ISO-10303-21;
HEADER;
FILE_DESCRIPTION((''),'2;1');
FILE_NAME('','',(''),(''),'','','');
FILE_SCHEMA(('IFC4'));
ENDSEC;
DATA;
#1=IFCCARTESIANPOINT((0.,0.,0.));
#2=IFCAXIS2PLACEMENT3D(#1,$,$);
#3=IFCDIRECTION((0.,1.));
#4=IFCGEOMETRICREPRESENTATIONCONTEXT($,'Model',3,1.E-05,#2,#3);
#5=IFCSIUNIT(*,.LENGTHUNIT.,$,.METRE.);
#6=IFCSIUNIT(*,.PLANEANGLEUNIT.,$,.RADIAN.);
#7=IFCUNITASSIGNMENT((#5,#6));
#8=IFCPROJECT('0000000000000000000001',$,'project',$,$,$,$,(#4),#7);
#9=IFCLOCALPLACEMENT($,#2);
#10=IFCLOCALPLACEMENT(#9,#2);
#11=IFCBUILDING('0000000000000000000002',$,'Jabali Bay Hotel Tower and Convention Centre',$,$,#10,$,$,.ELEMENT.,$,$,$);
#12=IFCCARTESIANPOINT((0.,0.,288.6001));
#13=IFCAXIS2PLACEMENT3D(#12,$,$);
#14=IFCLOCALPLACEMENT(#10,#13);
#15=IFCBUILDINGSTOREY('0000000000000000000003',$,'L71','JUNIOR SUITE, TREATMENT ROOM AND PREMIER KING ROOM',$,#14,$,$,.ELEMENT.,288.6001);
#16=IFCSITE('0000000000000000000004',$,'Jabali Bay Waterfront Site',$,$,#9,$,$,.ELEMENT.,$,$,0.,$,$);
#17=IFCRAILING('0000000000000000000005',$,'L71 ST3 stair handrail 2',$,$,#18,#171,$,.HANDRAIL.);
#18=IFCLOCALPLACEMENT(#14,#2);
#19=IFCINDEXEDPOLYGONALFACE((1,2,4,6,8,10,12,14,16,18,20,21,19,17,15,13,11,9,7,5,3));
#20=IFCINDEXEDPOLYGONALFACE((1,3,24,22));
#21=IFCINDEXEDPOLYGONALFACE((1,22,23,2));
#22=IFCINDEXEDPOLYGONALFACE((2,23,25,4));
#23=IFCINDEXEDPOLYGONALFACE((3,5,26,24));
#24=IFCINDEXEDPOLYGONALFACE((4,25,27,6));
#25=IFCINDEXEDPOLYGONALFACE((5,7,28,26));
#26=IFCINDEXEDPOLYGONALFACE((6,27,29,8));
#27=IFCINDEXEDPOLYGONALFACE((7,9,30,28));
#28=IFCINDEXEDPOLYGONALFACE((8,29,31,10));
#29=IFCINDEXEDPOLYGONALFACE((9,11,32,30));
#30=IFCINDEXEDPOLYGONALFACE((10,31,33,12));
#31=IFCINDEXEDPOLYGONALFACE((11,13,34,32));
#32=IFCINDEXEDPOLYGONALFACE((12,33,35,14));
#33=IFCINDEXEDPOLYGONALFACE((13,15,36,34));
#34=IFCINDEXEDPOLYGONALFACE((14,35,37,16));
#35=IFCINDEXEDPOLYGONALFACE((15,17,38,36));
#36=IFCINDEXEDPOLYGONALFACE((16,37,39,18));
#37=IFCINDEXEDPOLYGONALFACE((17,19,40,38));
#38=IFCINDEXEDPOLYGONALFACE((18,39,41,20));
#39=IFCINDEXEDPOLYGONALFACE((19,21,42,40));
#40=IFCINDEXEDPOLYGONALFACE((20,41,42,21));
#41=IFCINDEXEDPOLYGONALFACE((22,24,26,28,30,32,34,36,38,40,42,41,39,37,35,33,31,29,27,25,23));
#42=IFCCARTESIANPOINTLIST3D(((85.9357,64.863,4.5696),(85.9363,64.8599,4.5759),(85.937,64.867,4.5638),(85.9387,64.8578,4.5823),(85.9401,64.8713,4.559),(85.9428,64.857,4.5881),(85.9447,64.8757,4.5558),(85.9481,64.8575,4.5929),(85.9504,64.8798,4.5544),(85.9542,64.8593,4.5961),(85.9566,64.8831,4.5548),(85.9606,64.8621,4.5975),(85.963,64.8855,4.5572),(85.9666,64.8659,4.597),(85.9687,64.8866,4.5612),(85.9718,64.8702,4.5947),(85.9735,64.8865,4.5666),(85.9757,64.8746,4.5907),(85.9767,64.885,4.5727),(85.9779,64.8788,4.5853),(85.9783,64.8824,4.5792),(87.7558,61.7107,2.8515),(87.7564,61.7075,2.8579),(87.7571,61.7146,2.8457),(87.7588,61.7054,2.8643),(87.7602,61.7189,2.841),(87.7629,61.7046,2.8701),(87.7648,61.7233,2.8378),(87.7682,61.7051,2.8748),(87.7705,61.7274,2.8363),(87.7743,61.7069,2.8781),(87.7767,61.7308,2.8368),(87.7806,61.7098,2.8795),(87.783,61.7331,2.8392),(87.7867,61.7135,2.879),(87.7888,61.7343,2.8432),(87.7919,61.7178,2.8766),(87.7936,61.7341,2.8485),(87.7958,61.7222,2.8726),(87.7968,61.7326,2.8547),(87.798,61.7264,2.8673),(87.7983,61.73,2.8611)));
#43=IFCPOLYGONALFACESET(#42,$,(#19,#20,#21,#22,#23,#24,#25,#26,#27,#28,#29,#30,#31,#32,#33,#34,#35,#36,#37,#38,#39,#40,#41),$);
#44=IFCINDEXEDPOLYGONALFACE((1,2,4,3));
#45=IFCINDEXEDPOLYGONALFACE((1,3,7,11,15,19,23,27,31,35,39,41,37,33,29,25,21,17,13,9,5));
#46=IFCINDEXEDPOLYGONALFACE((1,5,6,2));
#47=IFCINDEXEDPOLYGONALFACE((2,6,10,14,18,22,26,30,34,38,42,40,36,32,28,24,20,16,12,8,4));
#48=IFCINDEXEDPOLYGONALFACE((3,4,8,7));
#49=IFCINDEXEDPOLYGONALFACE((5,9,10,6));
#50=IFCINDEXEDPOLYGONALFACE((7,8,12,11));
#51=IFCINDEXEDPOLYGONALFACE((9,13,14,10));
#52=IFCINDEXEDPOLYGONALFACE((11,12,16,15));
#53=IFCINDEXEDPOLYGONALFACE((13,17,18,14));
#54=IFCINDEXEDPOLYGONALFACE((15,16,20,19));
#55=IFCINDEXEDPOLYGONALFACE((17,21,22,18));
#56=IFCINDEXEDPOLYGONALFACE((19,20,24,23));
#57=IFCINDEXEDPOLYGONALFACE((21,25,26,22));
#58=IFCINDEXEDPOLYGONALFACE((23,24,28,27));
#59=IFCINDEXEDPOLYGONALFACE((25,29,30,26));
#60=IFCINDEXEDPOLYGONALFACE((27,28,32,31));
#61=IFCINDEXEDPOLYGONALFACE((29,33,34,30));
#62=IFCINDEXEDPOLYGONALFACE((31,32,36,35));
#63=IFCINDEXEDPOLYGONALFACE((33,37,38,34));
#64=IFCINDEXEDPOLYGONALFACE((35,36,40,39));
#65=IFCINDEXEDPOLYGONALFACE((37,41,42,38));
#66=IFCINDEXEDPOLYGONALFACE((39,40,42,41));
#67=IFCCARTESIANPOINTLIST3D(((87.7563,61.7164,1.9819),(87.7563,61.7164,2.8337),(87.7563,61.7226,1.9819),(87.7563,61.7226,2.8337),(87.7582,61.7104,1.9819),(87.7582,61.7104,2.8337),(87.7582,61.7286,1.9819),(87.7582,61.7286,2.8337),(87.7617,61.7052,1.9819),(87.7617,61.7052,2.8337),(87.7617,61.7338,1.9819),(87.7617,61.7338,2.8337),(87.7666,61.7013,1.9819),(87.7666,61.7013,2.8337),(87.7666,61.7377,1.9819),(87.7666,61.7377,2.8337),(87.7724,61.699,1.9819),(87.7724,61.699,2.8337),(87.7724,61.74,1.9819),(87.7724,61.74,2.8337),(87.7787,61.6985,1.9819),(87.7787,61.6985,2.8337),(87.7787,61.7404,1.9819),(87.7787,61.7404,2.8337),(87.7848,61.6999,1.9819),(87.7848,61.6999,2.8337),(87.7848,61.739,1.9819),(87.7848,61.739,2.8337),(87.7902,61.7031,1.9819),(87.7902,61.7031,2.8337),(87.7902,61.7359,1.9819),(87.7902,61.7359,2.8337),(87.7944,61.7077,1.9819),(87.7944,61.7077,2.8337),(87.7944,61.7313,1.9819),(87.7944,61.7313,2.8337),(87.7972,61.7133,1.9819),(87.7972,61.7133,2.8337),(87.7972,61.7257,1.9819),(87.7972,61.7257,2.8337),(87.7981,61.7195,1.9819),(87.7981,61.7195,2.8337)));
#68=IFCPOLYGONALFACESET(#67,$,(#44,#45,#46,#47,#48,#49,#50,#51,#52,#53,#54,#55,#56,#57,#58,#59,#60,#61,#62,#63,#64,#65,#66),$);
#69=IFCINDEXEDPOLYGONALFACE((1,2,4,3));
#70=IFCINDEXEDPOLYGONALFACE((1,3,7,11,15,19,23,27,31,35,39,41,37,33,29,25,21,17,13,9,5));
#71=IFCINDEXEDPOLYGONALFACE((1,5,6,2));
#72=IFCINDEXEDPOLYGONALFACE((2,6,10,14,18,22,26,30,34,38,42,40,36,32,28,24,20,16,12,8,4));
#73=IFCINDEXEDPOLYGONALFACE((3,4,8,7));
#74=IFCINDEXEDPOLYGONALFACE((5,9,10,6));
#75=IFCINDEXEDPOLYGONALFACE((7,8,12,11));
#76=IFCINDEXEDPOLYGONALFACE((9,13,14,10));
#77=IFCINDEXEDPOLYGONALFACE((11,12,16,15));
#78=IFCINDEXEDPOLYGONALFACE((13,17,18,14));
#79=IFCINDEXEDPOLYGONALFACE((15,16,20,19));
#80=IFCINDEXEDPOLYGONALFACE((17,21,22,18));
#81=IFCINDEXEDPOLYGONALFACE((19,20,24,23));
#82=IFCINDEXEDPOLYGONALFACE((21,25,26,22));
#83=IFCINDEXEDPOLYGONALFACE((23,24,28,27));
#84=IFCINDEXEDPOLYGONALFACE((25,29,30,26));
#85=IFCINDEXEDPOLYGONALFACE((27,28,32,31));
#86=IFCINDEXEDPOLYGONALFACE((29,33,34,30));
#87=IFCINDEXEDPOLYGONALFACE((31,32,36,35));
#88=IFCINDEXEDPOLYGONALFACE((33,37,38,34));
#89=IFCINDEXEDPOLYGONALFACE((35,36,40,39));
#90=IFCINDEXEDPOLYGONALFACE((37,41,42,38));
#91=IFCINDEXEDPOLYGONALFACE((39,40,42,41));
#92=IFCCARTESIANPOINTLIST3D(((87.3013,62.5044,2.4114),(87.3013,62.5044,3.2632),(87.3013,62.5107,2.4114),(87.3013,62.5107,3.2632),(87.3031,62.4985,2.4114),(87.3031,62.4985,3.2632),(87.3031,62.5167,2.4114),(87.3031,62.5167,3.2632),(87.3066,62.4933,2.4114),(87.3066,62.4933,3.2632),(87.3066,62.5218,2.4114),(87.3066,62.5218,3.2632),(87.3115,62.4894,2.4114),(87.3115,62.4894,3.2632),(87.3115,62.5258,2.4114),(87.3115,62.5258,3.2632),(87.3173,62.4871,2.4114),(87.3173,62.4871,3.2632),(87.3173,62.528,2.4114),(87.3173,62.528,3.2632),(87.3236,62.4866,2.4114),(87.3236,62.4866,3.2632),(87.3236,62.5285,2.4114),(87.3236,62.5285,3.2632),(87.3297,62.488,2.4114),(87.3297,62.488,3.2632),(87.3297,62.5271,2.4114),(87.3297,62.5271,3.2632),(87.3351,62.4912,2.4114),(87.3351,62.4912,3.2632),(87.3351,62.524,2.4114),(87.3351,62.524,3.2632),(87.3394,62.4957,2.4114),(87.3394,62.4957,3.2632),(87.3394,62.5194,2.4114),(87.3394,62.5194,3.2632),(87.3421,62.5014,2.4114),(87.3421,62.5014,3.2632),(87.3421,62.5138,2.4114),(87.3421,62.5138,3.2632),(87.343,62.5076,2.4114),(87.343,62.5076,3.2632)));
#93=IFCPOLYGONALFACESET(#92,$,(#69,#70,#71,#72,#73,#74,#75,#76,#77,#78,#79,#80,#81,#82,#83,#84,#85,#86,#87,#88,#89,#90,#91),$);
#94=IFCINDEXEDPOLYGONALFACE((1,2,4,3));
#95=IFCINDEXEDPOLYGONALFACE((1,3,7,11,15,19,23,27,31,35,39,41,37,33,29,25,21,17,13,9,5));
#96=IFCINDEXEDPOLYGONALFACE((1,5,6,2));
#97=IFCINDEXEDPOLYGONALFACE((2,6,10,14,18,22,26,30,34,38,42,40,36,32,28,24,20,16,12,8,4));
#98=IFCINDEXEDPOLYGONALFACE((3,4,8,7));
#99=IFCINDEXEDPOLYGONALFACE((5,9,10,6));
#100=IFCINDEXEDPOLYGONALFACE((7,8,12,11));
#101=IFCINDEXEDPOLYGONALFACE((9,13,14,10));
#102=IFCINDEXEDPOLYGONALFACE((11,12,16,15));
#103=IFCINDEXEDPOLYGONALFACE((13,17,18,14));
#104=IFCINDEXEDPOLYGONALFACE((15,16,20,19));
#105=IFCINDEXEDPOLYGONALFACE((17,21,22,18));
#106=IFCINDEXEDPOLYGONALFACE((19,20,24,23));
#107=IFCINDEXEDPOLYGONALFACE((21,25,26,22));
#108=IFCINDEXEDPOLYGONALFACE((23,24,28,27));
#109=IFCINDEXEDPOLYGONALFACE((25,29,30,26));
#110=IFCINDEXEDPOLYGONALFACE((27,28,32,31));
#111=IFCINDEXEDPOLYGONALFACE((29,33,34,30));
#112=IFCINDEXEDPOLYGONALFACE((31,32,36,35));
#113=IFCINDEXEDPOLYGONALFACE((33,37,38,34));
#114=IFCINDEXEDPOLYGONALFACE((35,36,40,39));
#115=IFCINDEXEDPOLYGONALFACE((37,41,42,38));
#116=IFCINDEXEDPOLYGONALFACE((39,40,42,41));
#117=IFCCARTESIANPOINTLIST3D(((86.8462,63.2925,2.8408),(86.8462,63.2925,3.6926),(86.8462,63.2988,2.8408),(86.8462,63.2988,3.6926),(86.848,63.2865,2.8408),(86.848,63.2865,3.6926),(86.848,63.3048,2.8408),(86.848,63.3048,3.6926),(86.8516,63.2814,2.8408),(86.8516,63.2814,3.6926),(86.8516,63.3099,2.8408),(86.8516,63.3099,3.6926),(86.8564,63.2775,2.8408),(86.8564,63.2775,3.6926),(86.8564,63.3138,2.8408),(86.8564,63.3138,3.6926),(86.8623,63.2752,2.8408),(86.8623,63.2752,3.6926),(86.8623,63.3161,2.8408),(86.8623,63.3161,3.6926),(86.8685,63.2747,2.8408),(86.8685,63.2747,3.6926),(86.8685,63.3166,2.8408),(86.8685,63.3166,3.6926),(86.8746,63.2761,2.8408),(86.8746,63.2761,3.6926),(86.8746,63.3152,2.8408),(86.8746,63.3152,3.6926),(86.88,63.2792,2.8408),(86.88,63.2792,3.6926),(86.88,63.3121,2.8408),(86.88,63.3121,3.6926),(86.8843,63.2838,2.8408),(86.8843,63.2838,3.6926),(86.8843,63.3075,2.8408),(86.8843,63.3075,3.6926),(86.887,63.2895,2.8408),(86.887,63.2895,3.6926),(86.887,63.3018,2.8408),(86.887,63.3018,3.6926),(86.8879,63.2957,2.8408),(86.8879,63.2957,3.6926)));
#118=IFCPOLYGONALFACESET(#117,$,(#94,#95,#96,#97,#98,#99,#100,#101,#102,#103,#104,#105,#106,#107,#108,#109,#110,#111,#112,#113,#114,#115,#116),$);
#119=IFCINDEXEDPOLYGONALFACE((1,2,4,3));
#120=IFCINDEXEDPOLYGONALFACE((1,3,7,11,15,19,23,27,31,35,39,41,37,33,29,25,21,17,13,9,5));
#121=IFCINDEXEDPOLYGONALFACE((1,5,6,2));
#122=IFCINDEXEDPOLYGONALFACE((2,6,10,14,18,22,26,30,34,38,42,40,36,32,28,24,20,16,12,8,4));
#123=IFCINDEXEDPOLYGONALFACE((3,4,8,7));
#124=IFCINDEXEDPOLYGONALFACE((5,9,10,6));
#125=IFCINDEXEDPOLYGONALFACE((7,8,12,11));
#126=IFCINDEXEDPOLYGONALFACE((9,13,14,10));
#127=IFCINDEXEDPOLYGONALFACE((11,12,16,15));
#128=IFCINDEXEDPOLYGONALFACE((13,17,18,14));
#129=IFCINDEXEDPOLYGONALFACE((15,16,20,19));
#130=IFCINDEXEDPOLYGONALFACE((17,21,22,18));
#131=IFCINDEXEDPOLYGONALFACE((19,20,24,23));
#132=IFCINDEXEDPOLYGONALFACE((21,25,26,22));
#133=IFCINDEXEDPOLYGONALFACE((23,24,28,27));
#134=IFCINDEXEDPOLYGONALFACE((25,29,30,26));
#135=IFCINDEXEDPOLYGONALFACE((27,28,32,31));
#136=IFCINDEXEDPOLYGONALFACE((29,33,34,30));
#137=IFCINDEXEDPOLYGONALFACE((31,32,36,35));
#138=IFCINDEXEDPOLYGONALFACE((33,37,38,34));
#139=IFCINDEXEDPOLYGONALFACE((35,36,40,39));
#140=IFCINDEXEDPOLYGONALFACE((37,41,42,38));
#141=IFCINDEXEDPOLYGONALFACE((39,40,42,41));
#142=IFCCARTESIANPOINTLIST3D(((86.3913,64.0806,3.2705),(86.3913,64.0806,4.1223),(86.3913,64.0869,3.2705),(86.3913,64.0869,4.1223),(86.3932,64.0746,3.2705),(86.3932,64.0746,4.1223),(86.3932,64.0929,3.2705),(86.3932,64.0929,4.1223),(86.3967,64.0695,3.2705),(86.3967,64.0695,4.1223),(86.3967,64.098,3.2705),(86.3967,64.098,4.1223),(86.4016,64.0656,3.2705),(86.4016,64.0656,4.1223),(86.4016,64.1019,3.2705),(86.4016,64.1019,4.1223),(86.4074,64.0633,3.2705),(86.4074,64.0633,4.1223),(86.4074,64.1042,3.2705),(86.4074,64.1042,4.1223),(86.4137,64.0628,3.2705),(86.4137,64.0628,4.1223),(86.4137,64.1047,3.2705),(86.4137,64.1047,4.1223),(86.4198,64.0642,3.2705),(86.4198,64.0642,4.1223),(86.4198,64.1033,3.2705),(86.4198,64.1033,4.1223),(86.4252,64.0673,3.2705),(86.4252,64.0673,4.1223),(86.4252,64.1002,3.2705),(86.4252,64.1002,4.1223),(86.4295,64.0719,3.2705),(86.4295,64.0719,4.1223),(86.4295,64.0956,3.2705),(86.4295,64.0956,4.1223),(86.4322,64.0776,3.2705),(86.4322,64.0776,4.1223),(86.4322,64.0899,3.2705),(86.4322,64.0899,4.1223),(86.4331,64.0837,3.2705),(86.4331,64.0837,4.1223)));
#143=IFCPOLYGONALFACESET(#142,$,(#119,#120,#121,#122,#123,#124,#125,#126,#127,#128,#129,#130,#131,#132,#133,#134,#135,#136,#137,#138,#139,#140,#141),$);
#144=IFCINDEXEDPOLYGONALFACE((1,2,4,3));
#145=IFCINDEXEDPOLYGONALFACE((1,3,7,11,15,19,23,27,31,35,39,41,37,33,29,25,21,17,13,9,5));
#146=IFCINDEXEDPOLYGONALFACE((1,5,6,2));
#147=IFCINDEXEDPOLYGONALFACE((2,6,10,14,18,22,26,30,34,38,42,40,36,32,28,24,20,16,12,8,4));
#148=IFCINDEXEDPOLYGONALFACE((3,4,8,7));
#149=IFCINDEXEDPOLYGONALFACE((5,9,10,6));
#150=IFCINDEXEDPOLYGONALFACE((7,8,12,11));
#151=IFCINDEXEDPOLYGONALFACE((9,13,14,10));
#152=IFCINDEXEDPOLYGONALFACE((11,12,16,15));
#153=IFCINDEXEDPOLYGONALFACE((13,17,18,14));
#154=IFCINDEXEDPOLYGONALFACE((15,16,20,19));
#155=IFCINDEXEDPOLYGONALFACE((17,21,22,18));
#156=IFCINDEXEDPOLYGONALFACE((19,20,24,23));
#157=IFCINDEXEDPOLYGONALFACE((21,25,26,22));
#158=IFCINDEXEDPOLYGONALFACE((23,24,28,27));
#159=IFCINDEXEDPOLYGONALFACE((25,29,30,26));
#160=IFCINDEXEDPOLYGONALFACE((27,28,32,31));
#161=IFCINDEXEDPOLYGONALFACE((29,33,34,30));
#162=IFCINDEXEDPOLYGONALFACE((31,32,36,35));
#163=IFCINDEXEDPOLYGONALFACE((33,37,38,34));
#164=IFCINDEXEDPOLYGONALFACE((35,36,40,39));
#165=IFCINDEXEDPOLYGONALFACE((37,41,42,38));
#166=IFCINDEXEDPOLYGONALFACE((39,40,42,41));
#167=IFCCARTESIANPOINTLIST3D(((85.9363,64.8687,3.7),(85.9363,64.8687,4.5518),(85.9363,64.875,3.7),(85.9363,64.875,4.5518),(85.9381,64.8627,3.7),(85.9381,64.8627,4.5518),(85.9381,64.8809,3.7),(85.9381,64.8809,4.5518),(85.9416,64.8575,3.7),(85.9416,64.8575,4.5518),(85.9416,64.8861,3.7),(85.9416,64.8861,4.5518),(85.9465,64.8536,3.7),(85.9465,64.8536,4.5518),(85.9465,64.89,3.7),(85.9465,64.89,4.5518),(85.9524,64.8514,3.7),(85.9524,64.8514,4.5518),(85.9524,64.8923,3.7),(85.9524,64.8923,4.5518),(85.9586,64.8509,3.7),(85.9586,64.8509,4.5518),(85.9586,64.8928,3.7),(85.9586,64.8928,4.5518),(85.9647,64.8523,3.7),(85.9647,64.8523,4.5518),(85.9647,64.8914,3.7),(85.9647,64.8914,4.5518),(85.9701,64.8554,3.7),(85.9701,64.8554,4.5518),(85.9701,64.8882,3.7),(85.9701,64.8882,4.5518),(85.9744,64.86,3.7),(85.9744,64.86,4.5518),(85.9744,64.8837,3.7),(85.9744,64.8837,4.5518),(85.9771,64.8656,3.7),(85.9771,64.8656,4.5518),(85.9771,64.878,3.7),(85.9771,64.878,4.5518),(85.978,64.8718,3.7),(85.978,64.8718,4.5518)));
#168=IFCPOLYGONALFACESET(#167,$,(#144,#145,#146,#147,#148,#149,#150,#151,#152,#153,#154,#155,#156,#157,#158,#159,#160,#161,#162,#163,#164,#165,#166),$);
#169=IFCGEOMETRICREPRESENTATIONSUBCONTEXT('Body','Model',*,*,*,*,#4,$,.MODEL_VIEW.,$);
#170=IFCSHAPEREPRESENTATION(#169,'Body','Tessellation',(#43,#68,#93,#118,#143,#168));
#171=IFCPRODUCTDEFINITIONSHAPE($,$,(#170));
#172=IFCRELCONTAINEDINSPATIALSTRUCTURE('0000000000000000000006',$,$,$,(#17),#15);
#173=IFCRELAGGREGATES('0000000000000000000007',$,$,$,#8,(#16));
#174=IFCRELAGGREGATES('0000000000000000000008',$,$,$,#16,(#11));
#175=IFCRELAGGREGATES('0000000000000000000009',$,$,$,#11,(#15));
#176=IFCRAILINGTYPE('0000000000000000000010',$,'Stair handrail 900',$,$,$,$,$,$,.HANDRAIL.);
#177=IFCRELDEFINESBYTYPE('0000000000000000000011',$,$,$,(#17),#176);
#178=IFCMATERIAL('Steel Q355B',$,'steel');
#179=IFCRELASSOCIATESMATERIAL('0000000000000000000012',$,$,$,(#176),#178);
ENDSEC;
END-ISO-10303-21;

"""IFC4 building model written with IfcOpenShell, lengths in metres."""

from ifc_helpers import new_model, si_unit, direction, frame, origin, origin_2d, place, context, subcontext, project, spatial, circle, extrude, material, type_object, element, save


model = new_model("IFC4")

# Units and contexts
model_context = context("Model", 3, precision=1e-05, world=origin(), true_north=direction((0.0, 1.0)))
body_context = subcontext(model_context, "Body", "Model", "MODEL_VIEW")
ifc_project = project(units=[si_unit("LENGTHUNIT", "METRE"), si_unit("PLANEANGLEUNIT", "RADIAN")], contexts=[model_context])

# Site, building, storey
site_placement = place(None, origin())
site = spatial("IfcSite", under=ifc_project, at=site_placement, Name="Jabali Bay Waterfront Site", CompositionType="ELEMENT", RefElevation=0.0)
building_placement = place(site_placement, origin())
building = spatial("IfcBuilding", under=site, at=building_placement, Name="Jabali Bay Hotel Tower and Convention Centre", CompositionType="ELEMENT")
storey_placement = place(building_placement, frame((0.0, 0.0, 288.6001)))
storey = spatial("IfcBuildingStorey", under=building, at=storey_placement, Name="L71", Description="JUNIOR SUITE, TREATMENT ROOM AND PREMIER KING ROOM", CompositionType="ELEMENT", Elevation=288.6001)

# Railing
ifc_material_1 = material(Name="Steel Q355B", Category="steel")
railing_type_1 = type_object("IfcRailingType", Name="Stair handrail 900", PredefinedType="HANDRAIL", material=ifc_material_1)
railing_1_placement = place(storey_placement, frame((87.7771, 61.7195, 1.9819)))
element("IfcRailing", 1, at=railing_1_placement, inside=storey, type_object=railing_type_1, Name="L71 ST3 stair handrail 2", PredefinedType="HANDRAIL", context=body_context, shape_type="SweptSolid", body=[
    extrude(circle(Radius=0.0239, at=origin_2d()), frame((0.0, 0.0, 0.876), z_axis=(-0.452179, 0.78317, 0.426825), x_axis=(-0.866018, -0.500013, 0.0)), (0.0, 0.0, 1.0), 4.0251),
    extrude(circle(Radius=0.021, at=origin_2d()), origin(), (0.0, 0.0, 1.0), 0.8518),
    extrude(circle(Radius=0.021, at=origin_2d()), frame((-0.4551, 0.7881, 0.4294)), (0.0, 0.0, 1.0), 0.8518),
    extrude(circle(Radius=0.021, at=origin_2d()), frame((-0.9102, 1.5762, 0.8589)), (0.0, 0.0, 1.0), 0.8518),
    extrude(circle(Radius=0.021, at=origin_2d()), frame((-1.365, 2.3643, 1.2886)), (0.0, 0.0, 1.0), 0.8518),
    extrude(circle(Radius=0.021, at=origin_2d()), frame((-1.8201, 3.1523, 1.718)), (0.0, 0.0, 1.0), 0.8518),
])

save(model, "model.ifc")
